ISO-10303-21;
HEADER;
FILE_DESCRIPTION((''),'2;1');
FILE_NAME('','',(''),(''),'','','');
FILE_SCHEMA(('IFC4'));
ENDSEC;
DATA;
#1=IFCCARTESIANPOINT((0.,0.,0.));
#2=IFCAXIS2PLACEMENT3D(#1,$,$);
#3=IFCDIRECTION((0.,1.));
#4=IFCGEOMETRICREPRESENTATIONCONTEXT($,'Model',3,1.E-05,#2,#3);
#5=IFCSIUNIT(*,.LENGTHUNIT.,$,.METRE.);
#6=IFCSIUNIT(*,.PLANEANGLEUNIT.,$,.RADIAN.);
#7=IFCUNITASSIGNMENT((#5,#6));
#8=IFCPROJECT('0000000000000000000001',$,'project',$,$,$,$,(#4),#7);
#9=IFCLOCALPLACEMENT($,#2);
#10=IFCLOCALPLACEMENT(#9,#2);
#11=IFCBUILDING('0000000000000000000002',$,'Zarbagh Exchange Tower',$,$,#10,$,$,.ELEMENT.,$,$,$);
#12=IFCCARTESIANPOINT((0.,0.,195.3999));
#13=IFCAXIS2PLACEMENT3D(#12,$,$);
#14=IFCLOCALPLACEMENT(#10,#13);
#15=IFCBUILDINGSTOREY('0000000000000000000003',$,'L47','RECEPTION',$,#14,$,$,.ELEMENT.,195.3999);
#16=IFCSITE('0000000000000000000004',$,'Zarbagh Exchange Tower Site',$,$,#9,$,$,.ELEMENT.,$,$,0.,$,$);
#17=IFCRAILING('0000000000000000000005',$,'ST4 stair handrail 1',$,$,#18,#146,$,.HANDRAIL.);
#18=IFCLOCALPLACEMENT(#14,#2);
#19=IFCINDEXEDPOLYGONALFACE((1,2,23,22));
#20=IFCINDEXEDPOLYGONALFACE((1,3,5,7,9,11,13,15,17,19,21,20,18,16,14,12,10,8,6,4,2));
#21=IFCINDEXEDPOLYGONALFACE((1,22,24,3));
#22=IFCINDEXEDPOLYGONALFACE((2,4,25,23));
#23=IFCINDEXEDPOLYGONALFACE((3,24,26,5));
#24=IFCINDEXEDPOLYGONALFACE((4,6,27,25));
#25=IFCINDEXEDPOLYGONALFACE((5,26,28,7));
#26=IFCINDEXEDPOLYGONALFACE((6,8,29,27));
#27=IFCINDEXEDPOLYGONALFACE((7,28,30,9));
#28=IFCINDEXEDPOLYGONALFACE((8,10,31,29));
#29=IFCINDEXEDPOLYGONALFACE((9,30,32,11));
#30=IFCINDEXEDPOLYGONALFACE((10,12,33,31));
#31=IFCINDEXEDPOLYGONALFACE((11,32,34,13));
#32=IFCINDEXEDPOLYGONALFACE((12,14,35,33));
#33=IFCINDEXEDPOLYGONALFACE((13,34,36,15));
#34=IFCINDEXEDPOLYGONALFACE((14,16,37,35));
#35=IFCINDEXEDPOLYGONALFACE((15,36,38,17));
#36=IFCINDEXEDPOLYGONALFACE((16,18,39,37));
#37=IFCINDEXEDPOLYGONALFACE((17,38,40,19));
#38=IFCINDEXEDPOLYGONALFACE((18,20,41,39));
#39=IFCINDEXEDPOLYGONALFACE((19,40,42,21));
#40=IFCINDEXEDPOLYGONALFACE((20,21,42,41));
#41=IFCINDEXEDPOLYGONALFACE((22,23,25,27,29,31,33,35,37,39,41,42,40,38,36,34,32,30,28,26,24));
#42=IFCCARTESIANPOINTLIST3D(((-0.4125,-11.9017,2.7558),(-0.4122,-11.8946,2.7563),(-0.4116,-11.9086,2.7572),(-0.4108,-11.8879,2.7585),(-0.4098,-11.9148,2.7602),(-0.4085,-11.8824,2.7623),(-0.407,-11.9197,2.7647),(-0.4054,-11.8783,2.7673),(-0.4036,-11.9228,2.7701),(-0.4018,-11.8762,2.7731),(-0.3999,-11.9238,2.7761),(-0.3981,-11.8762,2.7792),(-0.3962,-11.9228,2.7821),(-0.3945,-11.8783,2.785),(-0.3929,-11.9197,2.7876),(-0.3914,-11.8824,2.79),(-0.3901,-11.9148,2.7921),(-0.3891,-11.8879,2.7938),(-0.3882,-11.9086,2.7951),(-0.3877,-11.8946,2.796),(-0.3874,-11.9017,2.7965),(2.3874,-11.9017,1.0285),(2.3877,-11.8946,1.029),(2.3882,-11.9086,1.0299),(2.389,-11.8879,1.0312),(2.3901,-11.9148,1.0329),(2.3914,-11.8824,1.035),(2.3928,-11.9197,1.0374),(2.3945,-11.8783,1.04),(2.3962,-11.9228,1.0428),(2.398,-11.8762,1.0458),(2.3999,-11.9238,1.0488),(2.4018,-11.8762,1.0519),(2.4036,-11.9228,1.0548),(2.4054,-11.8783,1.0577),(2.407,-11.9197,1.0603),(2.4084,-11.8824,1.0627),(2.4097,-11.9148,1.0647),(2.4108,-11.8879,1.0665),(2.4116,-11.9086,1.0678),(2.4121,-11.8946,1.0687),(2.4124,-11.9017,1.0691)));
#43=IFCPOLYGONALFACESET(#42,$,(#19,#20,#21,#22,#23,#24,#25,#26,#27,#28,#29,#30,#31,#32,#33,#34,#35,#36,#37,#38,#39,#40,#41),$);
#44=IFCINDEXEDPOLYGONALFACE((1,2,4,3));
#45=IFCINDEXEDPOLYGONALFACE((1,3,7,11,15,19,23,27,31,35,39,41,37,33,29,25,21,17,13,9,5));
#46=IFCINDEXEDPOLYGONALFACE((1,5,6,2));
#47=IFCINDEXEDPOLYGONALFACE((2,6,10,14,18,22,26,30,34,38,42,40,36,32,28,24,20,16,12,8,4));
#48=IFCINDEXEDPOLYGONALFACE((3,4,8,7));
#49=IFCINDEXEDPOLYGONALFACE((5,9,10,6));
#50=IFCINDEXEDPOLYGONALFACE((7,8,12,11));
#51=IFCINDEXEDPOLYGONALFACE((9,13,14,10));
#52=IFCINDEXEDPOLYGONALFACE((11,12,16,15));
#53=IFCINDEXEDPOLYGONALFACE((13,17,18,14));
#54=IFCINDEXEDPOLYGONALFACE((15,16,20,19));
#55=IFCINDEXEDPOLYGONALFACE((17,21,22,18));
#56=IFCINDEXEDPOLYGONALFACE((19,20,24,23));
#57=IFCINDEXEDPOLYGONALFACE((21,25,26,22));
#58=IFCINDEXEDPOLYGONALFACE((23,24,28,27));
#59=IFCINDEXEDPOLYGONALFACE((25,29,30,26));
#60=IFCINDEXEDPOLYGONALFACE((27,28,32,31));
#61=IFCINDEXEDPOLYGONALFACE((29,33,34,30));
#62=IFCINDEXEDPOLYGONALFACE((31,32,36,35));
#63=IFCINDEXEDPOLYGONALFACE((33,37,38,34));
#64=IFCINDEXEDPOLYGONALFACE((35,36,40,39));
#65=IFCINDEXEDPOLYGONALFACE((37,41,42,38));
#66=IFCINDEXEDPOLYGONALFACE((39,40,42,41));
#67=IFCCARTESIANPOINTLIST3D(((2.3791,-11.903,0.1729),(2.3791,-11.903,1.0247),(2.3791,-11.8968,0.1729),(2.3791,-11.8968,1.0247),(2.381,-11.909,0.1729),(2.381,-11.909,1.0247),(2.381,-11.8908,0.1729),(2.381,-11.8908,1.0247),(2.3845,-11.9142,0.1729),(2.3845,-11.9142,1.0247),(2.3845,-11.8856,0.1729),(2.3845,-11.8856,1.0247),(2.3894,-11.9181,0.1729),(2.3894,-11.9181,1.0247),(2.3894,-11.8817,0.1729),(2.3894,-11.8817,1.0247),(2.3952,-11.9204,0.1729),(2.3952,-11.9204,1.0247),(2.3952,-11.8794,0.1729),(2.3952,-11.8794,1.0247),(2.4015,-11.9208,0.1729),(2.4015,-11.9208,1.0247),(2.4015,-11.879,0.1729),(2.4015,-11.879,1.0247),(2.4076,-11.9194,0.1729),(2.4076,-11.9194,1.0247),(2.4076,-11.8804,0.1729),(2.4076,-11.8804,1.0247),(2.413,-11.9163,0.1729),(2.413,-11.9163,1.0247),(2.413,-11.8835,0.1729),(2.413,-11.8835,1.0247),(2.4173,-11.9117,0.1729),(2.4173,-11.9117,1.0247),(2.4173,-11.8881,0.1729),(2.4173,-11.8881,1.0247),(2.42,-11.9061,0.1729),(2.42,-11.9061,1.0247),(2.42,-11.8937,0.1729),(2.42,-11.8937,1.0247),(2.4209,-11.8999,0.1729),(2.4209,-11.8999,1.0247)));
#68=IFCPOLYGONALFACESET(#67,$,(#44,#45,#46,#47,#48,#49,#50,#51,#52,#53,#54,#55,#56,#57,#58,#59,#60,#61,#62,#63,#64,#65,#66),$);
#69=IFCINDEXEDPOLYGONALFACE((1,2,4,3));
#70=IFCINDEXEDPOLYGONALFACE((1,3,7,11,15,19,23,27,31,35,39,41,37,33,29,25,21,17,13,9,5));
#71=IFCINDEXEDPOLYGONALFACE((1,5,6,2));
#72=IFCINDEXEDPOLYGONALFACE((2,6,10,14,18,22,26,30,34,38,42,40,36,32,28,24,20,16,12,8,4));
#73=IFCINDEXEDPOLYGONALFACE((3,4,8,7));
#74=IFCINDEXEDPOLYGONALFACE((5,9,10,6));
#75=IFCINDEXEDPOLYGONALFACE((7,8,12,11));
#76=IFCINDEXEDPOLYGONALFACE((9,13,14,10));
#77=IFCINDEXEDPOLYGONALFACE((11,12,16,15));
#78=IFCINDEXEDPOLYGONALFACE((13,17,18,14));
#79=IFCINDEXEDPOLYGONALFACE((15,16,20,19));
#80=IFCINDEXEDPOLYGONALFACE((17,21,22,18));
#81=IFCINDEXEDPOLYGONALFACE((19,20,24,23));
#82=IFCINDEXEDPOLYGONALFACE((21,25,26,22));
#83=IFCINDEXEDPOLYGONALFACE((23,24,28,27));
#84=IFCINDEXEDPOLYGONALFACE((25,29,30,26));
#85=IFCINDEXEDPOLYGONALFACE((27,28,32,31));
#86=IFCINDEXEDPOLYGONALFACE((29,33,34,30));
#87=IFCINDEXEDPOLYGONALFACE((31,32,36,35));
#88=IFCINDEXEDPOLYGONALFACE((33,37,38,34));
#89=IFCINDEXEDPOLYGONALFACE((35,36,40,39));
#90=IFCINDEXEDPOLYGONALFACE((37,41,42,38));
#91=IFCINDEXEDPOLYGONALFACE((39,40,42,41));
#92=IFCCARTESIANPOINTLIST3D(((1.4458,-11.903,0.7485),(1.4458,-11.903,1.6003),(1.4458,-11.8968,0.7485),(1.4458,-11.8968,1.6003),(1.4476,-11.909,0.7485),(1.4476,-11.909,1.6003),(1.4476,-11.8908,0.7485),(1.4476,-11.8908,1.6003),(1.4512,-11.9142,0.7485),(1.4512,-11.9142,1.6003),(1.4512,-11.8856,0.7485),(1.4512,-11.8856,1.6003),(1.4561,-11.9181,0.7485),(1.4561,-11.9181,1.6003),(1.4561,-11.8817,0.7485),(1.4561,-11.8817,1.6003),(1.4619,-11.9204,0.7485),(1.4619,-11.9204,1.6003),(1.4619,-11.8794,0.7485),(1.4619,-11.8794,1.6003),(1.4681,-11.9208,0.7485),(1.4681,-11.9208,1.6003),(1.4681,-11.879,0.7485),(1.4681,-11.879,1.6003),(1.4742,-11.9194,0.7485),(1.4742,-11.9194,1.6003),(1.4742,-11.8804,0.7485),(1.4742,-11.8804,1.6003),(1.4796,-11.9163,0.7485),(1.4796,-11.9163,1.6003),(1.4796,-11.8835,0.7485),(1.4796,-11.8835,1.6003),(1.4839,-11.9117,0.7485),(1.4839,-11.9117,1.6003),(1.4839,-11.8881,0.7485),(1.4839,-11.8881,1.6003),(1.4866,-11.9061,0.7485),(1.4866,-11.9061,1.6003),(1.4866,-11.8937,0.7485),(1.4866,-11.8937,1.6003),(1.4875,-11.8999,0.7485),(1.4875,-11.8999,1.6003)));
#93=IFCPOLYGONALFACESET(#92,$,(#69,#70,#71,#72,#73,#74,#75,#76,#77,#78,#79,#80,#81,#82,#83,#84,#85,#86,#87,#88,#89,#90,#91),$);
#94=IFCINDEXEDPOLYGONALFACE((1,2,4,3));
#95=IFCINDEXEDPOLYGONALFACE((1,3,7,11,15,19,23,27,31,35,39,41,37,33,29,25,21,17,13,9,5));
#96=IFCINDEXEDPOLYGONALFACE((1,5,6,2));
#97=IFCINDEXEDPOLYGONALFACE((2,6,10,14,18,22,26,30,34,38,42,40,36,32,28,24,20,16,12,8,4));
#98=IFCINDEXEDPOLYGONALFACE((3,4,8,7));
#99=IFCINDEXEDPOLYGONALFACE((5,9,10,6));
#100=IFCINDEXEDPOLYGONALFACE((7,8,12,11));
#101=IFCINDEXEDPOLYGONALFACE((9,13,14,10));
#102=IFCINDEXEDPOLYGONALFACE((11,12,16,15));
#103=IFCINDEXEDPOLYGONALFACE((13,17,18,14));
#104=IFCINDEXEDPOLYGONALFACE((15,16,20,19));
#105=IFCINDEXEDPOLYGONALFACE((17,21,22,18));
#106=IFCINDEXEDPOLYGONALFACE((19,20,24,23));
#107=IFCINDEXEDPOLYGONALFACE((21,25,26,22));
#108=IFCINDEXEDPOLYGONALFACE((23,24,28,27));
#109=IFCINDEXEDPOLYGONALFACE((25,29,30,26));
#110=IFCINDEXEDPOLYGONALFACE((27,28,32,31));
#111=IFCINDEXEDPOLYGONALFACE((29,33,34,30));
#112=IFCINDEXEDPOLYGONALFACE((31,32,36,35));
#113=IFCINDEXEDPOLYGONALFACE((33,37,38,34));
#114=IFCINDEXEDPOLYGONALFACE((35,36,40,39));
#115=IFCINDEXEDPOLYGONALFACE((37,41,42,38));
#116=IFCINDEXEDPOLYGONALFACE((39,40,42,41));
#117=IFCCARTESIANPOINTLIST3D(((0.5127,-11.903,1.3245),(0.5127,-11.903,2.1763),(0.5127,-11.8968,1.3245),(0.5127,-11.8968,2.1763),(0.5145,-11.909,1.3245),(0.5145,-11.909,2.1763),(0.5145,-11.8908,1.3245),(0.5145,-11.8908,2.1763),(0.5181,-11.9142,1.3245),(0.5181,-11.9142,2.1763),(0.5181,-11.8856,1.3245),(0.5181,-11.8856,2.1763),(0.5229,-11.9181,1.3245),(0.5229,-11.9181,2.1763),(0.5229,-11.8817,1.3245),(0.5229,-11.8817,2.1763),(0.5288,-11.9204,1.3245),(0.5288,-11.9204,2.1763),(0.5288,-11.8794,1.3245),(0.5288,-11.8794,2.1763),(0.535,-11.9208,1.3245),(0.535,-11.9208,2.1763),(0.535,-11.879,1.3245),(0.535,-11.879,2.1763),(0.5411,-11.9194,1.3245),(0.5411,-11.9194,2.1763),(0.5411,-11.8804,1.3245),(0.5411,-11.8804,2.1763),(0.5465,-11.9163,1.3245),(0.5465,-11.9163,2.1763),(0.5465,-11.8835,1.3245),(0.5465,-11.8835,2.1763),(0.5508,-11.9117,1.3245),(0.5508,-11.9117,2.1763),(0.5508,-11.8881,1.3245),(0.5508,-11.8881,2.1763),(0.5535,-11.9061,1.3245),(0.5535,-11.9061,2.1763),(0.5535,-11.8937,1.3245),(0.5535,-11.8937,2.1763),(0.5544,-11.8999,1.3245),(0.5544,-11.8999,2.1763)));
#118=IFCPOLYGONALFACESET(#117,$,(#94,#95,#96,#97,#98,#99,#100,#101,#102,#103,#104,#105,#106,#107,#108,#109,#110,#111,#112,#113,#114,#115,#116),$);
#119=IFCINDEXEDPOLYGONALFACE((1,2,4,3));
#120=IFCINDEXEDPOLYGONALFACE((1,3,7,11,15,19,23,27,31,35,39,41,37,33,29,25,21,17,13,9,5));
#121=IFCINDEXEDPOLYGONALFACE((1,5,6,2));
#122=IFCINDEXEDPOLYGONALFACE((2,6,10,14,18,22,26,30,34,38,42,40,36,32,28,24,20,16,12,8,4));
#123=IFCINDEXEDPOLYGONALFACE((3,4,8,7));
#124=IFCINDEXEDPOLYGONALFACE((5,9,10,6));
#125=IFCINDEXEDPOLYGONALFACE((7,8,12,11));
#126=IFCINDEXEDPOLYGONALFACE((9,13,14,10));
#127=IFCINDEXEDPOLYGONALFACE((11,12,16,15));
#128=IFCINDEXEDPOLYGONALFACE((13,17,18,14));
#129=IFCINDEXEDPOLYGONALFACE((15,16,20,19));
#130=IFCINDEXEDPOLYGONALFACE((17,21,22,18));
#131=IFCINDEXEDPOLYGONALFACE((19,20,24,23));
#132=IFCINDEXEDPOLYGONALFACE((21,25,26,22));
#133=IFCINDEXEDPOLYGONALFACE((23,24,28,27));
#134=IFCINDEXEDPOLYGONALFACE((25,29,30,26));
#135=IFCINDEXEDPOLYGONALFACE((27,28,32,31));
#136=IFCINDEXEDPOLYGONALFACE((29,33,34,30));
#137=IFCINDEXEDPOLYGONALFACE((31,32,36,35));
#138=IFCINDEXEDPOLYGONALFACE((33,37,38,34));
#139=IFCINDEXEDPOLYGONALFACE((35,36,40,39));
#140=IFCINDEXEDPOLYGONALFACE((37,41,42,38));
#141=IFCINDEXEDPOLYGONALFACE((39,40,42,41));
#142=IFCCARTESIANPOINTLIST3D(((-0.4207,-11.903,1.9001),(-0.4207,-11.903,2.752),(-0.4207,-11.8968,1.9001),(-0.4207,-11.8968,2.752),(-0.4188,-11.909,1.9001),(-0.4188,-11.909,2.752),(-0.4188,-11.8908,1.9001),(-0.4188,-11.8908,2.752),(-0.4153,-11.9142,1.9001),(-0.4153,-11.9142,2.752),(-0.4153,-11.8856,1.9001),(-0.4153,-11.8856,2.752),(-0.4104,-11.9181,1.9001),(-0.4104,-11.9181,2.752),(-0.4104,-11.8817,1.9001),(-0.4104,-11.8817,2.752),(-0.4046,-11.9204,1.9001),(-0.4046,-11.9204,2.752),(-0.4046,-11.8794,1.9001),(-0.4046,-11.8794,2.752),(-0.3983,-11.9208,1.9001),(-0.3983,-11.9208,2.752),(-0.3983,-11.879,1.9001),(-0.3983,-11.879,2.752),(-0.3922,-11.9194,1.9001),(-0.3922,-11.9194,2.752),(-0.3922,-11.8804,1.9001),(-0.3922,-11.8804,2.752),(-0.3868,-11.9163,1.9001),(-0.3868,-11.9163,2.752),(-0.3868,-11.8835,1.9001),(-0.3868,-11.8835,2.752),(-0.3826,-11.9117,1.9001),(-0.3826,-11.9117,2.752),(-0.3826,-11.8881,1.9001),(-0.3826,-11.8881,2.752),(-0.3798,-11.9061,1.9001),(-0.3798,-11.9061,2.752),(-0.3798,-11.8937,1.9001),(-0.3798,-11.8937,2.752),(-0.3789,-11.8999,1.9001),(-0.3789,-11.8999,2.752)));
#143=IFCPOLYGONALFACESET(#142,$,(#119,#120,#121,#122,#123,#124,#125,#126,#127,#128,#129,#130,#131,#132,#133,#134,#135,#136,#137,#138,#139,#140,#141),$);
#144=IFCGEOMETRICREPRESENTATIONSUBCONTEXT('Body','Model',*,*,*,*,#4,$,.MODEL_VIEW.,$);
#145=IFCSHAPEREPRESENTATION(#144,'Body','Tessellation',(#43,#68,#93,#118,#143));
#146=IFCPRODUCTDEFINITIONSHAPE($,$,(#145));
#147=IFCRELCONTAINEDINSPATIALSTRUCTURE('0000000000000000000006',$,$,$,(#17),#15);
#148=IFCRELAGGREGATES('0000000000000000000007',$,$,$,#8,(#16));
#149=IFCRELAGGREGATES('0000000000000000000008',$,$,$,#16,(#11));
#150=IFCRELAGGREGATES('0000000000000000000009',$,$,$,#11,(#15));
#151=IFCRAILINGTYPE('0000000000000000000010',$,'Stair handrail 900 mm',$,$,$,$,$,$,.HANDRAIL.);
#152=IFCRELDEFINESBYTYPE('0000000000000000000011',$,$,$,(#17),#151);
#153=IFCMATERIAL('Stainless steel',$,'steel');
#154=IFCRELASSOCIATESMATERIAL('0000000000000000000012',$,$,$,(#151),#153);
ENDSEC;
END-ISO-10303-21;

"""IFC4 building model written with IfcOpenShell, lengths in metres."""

from ifc_helpers import new_model, si_unit, direction, frame, origin, origin_2d, place, context, subcontext, project, spatial, circle, extrude, material, type_object, element, save


model = new_model("IFC4")

# Units and contexts
model_context = context("Model", 3, precision=1e-05, world=origin(), true_north=direction((0.0, 1.0)))
body_context = subcontext(model_context, "Body", "Model", "MODEL_VIEW")
ifc_project = project(units=[si_unit("LENGTHUNIT", "METRE"), si_unit("PLANEANGLEUNIT", "RADIAN")], contexts=[model_context])

# Site, building, storey
site_placement = place(None, origin())
site = spatial("IfcSite", under=ifc_project, at=site_placement, Name="Zarbagh Exchange Tower Site", CompositionType="ELEMENT", RefElevation=0.0)
building_placement = place(site_placement, origin())
building = spatial("IfcBuilding", under=site, at=building_placement, Name="Zarbagh Exchange Tower", CompositionType="ELEMENT")
storey_placement = place(building_placement, frame((0.0, 0.0, 195.3999)))
storey = spatial("IfcBuildingStorey", under=building, at=storey_placement, Name="L47", Description="RECEPTION", CompositionType="ELEMENT", Elevation=195.3999)

# Shared definitions
ifc_material_1 = material(Name="Stainless steel", Category="steel")

# Railing
railing_type_1 = type_object("IfcRailingType", Name="Stair handrail 900 mm", PredefinedType="HANDRAIL", material=ifc_material_1)
railing_1_placement = place(storey_placement, frame((2.3999, -11.8999, 0.1729)))
element("IfcRailing", 1, at=railing_1_placement, inside=storey, type_object=railing_type_1, Name="ST4 stair handrail 1", PredefinedType="HANDRAIL", context=body_context, shape_type="SweptSolid", body=[
    extrude(circle(Radius=0.0239, at=origin_2d()), frame((0.0, 0.0, 0.876), z_axis=(-0.851069, 0.0, 0.525054), x_axis=(0.0, -1.0, 0.0)), (0.0, 0.0, 1.0), 3.2898),
    extrude(circle(Radius=0.021, at=origin_2d()), origin(), (0.0, 0.0, 1.0), 0.8518),
    extrude(circle(Radius=0.021, at=origin_2d()), frame((-0.9333, 0.0, 0.5757)), (0.0, 0.0, 1.0), 0.8518),
    extrude(circle(Radius=0.021, at=origin_2d()), frame((-1.8665, 0.0, 1.1516)), (0.0, 0.0, 1.0), 0.8518),
    extrude(circle(Radius=0.021, at=origin_2d()), frame((-2.7998, 0.0, 1.7273)), (0.0, 0.0, 1.0), 0.8518),
])

save(model, "model.ifc")
